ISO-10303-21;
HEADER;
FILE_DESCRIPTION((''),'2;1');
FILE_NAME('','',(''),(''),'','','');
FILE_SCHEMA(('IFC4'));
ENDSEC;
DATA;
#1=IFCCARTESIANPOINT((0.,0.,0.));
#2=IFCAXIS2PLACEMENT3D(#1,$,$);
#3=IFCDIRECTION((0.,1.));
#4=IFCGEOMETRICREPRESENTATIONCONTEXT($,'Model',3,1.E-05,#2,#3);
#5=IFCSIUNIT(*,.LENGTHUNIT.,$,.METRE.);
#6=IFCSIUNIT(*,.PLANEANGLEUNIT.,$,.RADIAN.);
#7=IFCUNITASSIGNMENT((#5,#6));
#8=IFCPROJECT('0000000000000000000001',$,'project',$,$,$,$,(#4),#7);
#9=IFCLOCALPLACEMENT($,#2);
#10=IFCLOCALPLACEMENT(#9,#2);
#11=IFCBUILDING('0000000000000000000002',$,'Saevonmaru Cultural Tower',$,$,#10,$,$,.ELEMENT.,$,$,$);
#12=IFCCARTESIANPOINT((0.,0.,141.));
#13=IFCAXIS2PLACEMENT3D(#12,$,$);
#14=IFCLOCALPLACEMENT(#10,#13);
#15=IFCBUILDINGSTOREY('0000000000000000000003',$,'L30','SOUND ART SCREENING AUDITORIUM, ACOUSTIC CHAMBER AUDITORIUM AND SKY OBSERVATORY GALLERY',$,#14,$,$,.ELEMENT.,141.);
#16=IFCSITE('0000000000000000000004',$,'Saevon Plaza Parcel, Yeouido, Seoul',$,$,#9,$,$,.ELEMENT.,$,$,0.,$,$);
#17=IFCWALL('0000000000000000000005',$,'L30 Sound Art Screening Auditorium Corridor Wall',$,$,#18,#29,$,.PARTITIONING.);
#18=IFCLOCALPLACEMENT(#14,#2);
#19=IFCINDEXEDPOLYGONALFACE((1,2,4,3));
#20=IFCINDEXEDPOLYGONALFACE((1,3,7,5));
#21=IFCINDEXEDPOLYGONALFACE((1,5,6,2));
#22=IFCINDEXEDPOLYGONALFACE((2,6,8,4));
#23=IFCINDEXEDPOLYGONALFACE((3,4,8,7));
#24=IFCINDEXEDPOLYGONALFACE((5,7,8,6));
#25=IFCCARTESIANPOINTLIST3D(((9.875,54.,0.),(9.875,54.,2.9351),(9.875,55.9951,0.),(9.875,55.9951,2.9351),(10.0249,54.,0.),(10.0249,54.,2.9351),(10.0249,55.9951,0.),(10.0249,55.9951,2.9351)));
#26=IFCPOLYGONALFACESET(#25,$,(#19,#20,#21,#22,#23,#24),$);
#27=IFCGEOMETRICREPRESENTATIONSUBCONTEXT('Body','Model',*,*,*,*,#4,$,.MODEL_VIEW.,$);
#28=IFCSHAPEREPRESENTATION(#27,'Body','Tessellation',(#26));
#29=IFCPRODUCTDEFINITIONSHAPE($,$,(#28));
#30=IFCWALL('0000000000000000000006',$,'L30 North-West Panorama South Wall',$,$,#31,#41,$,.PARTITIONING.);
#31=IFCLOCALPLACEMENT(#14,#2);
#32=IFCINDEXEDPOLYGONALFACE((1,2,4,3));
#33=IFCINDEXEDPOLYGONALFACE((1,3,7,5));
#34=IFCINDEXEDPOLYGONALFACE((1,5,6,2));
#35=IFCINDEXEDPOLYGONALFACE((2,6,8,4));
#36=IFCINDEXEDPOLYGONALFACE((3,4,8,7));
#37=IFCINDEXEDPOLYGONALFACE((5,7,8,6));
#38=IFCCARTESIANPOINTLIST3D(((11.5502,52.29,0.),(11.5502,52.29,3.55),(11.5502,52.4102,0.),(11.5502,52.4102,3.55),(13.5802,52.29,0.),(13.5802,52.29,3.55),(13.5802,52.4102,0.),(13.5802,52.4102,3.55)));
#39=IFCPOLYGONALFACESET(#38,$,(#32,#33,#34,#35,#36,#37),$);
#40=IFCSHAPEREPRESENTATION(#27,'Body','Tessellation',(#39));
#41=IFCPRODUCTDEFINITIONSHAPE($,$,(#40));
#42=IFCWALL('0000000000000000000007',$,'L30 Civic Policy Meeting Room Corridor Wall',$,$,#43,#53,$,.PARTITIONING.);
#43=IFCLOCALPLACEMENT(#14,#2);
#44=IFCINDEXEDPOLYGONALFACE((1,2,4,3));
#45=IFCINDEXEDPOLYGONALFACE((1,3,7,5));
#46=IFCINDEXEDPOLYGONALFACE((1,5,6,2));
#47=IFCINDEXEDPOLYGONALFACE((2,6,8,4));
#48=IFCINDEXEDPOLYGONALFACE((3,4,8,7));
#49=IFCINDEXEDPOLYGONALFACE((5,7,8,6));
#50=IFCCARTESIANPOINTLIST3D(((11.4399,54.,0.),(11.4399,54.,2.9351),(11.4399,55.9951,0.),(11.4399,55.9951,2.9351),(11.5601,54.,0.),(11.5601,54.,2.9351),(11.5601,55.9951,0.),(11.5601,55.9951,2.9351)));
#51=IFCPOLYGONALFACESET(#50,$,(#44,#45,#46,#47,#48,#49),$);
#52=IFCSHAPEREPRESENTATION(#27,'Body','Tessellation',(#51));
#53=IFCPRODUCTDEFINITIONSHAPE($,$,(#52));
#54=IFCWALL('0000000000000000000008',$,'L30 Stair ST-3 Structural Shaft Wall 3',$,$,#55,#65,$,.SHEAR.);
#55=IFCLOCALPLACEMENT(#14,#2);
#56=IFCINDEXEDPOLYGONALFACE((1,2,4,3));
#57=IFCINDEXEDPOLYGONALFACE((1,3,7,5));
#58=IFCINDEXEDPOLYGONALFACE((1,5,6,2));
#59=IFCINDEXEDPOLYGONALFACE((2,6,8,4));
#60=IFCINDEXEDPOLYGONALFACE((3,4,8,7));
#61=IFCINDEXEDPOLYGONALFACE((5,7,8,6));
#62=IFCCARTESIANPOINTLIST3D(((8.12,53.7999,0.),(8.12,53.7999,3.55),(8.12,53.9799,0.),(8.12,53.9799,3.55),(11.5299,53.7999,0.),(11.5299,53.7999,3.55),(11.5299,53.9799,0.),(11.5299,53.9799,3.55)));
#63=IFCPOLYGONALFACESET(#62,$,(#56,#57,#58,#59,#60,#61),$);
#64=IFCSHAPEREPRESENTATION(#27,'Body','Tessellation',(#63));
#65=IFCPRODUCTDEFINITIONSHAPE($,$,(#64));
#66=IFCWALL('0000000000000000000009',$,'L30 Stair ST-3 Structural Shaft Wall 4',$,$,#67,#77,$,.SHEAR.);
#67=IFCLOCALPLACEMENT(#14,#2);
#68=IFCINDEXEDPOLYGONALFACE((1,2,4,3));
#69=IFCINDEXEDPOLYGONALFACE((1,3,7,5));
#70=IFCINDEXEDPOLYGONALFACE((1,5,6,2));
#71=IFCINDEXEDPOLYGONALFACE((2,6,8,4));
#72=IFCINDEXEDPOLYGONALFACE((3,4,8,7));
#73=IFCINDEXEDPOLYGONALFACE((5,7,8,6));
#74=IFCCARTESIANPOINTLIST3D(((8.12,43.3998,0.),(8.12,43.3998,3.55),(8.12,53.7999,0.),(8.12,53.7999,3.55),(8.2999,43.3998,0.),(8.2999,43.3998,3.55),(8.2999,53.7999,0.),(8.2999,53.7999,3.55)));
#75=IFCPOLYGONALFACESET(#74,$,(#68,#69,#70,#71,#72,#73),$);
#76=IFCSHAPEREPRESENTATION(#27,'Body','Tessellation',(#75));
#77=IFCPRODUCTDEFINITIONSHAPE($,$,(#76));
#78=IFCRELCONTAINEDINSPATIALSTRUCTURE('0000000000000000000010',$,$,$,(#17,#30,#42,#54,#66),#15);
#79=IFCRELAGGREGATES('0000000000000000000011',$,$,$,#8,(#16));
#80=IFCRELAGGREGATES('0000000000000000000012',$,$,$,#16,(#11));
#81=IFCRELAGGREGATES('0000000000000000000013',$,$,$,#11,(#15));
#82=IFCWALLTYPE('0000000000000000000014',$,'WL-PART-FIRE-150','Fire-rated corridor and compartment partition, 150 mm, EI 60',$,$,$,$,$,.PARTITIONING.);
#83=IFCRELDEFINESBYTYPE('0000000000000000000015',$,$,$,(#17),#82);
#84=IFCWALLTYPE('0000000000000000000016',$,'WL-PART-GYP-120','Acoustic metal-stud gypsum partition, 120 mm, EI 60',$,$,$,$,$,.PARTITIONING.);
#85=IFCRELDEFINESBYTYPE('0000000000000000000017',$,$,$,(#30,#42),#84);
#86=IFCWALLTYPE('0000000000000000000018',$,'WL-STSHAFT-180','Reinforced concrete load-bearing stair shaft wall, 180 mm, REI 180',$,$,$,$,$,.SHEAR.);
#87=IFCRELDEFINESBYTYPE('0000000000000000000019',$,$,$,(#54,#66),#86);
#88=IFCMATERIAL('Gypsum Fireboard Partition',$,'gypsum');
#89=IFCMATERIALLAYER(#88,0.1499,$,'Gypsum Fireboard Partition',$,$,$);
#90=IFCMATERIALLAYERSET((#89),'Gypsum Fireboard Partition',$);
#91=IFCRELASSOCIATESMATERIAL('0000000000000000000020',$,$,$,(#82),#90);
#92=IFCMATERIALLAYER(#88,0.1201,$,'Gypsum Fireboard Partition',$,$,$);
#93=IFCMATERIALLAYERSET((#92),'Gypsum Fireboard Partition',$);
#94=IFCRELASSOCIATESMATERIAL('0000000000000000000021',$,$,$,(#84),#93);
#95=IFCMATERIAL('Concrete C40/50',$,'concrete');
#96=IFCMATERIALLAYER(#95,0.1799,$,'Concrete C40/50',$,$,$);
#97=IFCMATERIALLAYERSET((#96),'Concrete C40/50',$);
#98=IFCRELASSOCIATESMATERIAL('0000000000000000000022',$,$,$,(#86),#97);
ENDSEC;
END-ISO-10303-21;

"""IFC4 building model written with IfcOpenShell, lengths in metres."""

from ifc_helpers import new_model, si_unit, direction, frame, frame_2d, origin, place, context, subcontext, project, spatial, rectangle, extrude, material, layer, layer_set, type_object, element, save


model = new_model("IFC4")

# Units and contexts
model_context = context("Model", 3, precision=1e-05, world=origin(), true_north=direction((0.0, 1.0)))
body_context = subcontext(model_context, "Body", "Model", "MODEL_VIEW")
ifc_project = project(units=[si_unit("LENGTHUNIT", "METRE"), si_unit("PLANEANGLEUNIT", "RADIAN")], contexts=[model_context])

# Site, building, storey
site_placement = place(None, origin())
site = spatial("IfcSite", under=ifc_project, at=site_placement, Name="Saevon Plaza Parcel, Yeouido, Seoul", CompositionType="ELEMENT", RefElevation=0.0)
building_placement = place(site_placement, origin())
building = spatial("IfcBuilding", under=site, at=building_placement, Name="Saevonmaru Cultural Tower", CompositionType="ELEMENT")
storey_placement = place(building_placement, frame((0.0, 0.0, 141.0)))
storey = spatial("IfcBuildingStorey", under=building, at=storey_placement, Name="L30", Description="SOUND ART SCREENING AUDITORIUM, ACOUSTIC CHAMBER AUDITORIUM AND SKY OBSERVATORY GALLERY", CompositionType="ELEMENT", Elevation=141.0)

# Walls
ifc_material_1 = material(Name="Gypsum Fireboard Partition", Category="gypsum")
ifc_layer_1 = layer(ifc_material_1, 0.1499, Name="Gypsum Fireboard Partition")
ifc_layer_set_1 = layer_set([ifc_layer_1], Name="Gypsum Fireboard Partition")
wall_type_1 = type_object("IfcWallType", Name="WL-PART-FIRE-150", Description="Fire-rated corridor and compartment partition, 150 mm, EI 60", PredefinedType="PARTITIONING", material=ifc_layer_set_1)
wall_1_placement = place(storey_placement, frame((9.95, 54.0, 0.0), z_axis=(0.0, 0.0, 1.0), x_axis=(0.0, 1.0, 0.0)))
element("IfcWall", 1, at=wall_1_placement, inside=storey, type_object=wall_type_1, Name="L30 Sound Art Screening Auditorium Corridor Wall", PredefinedType="PARTITIONING", context=body_context, shape_type="SweptSolid", body=[
    extrude(rectangle(XDim=1.9951, YDim=0.1499, at=frame_2d((0.9976, 0.0))), origin(), (0.0, 0.0, 1.0), 2.9351),
])
ifc_layer_2 = layer(ifc_material_1, 0.1201, Name="Gypsum Fireboard Partition")
ifc_layer_set_2 = layer_set([ifc_layer_2], Name="Gypsum Fireboard Partition")
wall_type_2 = type_object("IfcWallType", Name="WL-PART-GYP-120", Description="Acoustic metal-stud gypsum partition, 120 mm, EI 60", PredefinedType="PARTITIONING", material=ifc_layer_set_2)
wall_2_placement = place(storey_placement, frame((11.55, 52.3501, 0.0), z_axis=(0.0, 0.0, 1.0), x_axis=(1.0, 0.0, 0.0)))
element("IfcWall", 2, at=wall_2_placement, inside=storey, type_object=wall_type_2, Name="L30 North-West Panorama South Wall", PredefinedType="PARTITIONING", context=body_context, shape_type="SweptSolid", body=[
    extrude(rectangle(XDim=2.03, YDim=0.1201, at=frame_2d((1.0151, 0.0))), origin(), (0.0, 0.0, 1.0), 3.55),
])
wall_3_placement = place(storey_placement, frame((11.5, 54.0, 0.0), z_axis=(0.0, 0.0, 1.0), x_axis=(0.0, 1.0, 0.0)))
element("IfcWall", 3, at=wall_3_placement, inside=storey, type_object=wall_type_2, Name="L30 Civic Policy Meeting Room Corridor Wall", PredefinedType="PARTITIONING", context=body_context, shape_type="SweptSolid", body=[
    extrude(rectangle(XDim=1.9951, YDim=0.1201, at=frame_2d((0.9976, 0.0))), origin(), (0.0, 0.0, 1.0), 2.9351),
])
ifc_material_2 = material(Name="Concrete C40/50", Category="concrete")
ifc_layer_3 = layer(ifc_material_2, 0.1799, Name="Concrete C40/50")
ifc_layer_set_3 = layer_set([ifc_layer_3], Name="Concrete C40/50")
wall_type_3 = type_object("IfcWallType", Name="WL-STSHAFT-180", Description="Reinforced concrete load-bearing stair shaft wall, 180 mm, REI 180", PredefinedType="SHEAR", material=ifc_layer_set_3)
wall_4_placement = place(storey_placement, frame((11.53, 53.8899, 0.0), z_axis=(0.0, 0.0, 1.0), x_axis=(-1.0, 0.0, 0.0)))
element("IfcWall", 4, at=wall_4_placement, inside=storey, type_object=wall_type_3, Name="L30 Stair ST-3 Structural Shaft Wall 3", PredefinedType="SHEAR", context=body_context, shape_type="SweptSolid", body=[
    extrude(rectangle(XDim=3.4099, YDim=0.1799, at=frame_2d((1.7051, 0.0))), origin(), (0.0, 0.0, 1.0), 3.55),
])
wall_5_placement = place(storey_placement, frame((8.21, 53.8, 0.0), z_axis=(0.0, 0.0, 1.0), x_axis=(0.0, -1.0, 0.0)))
element("IfcWall", 5, at=wall_5_placement, inside=storey, type_object=wall_type_3, Name="L30 Stair ST-3 Structural Shaft Wall 4", PredefinedType="SHEAR", context=body_context, shape_type="SweptSolid", body=[
    extrude(rectangle(XDim=10.4001, YDim=0.1799, at=frame_2d((5.2002, 0.0))), origin(), (0.0, 0.0, 1.0), 3.55),
])

save(model, "model.ifc")
